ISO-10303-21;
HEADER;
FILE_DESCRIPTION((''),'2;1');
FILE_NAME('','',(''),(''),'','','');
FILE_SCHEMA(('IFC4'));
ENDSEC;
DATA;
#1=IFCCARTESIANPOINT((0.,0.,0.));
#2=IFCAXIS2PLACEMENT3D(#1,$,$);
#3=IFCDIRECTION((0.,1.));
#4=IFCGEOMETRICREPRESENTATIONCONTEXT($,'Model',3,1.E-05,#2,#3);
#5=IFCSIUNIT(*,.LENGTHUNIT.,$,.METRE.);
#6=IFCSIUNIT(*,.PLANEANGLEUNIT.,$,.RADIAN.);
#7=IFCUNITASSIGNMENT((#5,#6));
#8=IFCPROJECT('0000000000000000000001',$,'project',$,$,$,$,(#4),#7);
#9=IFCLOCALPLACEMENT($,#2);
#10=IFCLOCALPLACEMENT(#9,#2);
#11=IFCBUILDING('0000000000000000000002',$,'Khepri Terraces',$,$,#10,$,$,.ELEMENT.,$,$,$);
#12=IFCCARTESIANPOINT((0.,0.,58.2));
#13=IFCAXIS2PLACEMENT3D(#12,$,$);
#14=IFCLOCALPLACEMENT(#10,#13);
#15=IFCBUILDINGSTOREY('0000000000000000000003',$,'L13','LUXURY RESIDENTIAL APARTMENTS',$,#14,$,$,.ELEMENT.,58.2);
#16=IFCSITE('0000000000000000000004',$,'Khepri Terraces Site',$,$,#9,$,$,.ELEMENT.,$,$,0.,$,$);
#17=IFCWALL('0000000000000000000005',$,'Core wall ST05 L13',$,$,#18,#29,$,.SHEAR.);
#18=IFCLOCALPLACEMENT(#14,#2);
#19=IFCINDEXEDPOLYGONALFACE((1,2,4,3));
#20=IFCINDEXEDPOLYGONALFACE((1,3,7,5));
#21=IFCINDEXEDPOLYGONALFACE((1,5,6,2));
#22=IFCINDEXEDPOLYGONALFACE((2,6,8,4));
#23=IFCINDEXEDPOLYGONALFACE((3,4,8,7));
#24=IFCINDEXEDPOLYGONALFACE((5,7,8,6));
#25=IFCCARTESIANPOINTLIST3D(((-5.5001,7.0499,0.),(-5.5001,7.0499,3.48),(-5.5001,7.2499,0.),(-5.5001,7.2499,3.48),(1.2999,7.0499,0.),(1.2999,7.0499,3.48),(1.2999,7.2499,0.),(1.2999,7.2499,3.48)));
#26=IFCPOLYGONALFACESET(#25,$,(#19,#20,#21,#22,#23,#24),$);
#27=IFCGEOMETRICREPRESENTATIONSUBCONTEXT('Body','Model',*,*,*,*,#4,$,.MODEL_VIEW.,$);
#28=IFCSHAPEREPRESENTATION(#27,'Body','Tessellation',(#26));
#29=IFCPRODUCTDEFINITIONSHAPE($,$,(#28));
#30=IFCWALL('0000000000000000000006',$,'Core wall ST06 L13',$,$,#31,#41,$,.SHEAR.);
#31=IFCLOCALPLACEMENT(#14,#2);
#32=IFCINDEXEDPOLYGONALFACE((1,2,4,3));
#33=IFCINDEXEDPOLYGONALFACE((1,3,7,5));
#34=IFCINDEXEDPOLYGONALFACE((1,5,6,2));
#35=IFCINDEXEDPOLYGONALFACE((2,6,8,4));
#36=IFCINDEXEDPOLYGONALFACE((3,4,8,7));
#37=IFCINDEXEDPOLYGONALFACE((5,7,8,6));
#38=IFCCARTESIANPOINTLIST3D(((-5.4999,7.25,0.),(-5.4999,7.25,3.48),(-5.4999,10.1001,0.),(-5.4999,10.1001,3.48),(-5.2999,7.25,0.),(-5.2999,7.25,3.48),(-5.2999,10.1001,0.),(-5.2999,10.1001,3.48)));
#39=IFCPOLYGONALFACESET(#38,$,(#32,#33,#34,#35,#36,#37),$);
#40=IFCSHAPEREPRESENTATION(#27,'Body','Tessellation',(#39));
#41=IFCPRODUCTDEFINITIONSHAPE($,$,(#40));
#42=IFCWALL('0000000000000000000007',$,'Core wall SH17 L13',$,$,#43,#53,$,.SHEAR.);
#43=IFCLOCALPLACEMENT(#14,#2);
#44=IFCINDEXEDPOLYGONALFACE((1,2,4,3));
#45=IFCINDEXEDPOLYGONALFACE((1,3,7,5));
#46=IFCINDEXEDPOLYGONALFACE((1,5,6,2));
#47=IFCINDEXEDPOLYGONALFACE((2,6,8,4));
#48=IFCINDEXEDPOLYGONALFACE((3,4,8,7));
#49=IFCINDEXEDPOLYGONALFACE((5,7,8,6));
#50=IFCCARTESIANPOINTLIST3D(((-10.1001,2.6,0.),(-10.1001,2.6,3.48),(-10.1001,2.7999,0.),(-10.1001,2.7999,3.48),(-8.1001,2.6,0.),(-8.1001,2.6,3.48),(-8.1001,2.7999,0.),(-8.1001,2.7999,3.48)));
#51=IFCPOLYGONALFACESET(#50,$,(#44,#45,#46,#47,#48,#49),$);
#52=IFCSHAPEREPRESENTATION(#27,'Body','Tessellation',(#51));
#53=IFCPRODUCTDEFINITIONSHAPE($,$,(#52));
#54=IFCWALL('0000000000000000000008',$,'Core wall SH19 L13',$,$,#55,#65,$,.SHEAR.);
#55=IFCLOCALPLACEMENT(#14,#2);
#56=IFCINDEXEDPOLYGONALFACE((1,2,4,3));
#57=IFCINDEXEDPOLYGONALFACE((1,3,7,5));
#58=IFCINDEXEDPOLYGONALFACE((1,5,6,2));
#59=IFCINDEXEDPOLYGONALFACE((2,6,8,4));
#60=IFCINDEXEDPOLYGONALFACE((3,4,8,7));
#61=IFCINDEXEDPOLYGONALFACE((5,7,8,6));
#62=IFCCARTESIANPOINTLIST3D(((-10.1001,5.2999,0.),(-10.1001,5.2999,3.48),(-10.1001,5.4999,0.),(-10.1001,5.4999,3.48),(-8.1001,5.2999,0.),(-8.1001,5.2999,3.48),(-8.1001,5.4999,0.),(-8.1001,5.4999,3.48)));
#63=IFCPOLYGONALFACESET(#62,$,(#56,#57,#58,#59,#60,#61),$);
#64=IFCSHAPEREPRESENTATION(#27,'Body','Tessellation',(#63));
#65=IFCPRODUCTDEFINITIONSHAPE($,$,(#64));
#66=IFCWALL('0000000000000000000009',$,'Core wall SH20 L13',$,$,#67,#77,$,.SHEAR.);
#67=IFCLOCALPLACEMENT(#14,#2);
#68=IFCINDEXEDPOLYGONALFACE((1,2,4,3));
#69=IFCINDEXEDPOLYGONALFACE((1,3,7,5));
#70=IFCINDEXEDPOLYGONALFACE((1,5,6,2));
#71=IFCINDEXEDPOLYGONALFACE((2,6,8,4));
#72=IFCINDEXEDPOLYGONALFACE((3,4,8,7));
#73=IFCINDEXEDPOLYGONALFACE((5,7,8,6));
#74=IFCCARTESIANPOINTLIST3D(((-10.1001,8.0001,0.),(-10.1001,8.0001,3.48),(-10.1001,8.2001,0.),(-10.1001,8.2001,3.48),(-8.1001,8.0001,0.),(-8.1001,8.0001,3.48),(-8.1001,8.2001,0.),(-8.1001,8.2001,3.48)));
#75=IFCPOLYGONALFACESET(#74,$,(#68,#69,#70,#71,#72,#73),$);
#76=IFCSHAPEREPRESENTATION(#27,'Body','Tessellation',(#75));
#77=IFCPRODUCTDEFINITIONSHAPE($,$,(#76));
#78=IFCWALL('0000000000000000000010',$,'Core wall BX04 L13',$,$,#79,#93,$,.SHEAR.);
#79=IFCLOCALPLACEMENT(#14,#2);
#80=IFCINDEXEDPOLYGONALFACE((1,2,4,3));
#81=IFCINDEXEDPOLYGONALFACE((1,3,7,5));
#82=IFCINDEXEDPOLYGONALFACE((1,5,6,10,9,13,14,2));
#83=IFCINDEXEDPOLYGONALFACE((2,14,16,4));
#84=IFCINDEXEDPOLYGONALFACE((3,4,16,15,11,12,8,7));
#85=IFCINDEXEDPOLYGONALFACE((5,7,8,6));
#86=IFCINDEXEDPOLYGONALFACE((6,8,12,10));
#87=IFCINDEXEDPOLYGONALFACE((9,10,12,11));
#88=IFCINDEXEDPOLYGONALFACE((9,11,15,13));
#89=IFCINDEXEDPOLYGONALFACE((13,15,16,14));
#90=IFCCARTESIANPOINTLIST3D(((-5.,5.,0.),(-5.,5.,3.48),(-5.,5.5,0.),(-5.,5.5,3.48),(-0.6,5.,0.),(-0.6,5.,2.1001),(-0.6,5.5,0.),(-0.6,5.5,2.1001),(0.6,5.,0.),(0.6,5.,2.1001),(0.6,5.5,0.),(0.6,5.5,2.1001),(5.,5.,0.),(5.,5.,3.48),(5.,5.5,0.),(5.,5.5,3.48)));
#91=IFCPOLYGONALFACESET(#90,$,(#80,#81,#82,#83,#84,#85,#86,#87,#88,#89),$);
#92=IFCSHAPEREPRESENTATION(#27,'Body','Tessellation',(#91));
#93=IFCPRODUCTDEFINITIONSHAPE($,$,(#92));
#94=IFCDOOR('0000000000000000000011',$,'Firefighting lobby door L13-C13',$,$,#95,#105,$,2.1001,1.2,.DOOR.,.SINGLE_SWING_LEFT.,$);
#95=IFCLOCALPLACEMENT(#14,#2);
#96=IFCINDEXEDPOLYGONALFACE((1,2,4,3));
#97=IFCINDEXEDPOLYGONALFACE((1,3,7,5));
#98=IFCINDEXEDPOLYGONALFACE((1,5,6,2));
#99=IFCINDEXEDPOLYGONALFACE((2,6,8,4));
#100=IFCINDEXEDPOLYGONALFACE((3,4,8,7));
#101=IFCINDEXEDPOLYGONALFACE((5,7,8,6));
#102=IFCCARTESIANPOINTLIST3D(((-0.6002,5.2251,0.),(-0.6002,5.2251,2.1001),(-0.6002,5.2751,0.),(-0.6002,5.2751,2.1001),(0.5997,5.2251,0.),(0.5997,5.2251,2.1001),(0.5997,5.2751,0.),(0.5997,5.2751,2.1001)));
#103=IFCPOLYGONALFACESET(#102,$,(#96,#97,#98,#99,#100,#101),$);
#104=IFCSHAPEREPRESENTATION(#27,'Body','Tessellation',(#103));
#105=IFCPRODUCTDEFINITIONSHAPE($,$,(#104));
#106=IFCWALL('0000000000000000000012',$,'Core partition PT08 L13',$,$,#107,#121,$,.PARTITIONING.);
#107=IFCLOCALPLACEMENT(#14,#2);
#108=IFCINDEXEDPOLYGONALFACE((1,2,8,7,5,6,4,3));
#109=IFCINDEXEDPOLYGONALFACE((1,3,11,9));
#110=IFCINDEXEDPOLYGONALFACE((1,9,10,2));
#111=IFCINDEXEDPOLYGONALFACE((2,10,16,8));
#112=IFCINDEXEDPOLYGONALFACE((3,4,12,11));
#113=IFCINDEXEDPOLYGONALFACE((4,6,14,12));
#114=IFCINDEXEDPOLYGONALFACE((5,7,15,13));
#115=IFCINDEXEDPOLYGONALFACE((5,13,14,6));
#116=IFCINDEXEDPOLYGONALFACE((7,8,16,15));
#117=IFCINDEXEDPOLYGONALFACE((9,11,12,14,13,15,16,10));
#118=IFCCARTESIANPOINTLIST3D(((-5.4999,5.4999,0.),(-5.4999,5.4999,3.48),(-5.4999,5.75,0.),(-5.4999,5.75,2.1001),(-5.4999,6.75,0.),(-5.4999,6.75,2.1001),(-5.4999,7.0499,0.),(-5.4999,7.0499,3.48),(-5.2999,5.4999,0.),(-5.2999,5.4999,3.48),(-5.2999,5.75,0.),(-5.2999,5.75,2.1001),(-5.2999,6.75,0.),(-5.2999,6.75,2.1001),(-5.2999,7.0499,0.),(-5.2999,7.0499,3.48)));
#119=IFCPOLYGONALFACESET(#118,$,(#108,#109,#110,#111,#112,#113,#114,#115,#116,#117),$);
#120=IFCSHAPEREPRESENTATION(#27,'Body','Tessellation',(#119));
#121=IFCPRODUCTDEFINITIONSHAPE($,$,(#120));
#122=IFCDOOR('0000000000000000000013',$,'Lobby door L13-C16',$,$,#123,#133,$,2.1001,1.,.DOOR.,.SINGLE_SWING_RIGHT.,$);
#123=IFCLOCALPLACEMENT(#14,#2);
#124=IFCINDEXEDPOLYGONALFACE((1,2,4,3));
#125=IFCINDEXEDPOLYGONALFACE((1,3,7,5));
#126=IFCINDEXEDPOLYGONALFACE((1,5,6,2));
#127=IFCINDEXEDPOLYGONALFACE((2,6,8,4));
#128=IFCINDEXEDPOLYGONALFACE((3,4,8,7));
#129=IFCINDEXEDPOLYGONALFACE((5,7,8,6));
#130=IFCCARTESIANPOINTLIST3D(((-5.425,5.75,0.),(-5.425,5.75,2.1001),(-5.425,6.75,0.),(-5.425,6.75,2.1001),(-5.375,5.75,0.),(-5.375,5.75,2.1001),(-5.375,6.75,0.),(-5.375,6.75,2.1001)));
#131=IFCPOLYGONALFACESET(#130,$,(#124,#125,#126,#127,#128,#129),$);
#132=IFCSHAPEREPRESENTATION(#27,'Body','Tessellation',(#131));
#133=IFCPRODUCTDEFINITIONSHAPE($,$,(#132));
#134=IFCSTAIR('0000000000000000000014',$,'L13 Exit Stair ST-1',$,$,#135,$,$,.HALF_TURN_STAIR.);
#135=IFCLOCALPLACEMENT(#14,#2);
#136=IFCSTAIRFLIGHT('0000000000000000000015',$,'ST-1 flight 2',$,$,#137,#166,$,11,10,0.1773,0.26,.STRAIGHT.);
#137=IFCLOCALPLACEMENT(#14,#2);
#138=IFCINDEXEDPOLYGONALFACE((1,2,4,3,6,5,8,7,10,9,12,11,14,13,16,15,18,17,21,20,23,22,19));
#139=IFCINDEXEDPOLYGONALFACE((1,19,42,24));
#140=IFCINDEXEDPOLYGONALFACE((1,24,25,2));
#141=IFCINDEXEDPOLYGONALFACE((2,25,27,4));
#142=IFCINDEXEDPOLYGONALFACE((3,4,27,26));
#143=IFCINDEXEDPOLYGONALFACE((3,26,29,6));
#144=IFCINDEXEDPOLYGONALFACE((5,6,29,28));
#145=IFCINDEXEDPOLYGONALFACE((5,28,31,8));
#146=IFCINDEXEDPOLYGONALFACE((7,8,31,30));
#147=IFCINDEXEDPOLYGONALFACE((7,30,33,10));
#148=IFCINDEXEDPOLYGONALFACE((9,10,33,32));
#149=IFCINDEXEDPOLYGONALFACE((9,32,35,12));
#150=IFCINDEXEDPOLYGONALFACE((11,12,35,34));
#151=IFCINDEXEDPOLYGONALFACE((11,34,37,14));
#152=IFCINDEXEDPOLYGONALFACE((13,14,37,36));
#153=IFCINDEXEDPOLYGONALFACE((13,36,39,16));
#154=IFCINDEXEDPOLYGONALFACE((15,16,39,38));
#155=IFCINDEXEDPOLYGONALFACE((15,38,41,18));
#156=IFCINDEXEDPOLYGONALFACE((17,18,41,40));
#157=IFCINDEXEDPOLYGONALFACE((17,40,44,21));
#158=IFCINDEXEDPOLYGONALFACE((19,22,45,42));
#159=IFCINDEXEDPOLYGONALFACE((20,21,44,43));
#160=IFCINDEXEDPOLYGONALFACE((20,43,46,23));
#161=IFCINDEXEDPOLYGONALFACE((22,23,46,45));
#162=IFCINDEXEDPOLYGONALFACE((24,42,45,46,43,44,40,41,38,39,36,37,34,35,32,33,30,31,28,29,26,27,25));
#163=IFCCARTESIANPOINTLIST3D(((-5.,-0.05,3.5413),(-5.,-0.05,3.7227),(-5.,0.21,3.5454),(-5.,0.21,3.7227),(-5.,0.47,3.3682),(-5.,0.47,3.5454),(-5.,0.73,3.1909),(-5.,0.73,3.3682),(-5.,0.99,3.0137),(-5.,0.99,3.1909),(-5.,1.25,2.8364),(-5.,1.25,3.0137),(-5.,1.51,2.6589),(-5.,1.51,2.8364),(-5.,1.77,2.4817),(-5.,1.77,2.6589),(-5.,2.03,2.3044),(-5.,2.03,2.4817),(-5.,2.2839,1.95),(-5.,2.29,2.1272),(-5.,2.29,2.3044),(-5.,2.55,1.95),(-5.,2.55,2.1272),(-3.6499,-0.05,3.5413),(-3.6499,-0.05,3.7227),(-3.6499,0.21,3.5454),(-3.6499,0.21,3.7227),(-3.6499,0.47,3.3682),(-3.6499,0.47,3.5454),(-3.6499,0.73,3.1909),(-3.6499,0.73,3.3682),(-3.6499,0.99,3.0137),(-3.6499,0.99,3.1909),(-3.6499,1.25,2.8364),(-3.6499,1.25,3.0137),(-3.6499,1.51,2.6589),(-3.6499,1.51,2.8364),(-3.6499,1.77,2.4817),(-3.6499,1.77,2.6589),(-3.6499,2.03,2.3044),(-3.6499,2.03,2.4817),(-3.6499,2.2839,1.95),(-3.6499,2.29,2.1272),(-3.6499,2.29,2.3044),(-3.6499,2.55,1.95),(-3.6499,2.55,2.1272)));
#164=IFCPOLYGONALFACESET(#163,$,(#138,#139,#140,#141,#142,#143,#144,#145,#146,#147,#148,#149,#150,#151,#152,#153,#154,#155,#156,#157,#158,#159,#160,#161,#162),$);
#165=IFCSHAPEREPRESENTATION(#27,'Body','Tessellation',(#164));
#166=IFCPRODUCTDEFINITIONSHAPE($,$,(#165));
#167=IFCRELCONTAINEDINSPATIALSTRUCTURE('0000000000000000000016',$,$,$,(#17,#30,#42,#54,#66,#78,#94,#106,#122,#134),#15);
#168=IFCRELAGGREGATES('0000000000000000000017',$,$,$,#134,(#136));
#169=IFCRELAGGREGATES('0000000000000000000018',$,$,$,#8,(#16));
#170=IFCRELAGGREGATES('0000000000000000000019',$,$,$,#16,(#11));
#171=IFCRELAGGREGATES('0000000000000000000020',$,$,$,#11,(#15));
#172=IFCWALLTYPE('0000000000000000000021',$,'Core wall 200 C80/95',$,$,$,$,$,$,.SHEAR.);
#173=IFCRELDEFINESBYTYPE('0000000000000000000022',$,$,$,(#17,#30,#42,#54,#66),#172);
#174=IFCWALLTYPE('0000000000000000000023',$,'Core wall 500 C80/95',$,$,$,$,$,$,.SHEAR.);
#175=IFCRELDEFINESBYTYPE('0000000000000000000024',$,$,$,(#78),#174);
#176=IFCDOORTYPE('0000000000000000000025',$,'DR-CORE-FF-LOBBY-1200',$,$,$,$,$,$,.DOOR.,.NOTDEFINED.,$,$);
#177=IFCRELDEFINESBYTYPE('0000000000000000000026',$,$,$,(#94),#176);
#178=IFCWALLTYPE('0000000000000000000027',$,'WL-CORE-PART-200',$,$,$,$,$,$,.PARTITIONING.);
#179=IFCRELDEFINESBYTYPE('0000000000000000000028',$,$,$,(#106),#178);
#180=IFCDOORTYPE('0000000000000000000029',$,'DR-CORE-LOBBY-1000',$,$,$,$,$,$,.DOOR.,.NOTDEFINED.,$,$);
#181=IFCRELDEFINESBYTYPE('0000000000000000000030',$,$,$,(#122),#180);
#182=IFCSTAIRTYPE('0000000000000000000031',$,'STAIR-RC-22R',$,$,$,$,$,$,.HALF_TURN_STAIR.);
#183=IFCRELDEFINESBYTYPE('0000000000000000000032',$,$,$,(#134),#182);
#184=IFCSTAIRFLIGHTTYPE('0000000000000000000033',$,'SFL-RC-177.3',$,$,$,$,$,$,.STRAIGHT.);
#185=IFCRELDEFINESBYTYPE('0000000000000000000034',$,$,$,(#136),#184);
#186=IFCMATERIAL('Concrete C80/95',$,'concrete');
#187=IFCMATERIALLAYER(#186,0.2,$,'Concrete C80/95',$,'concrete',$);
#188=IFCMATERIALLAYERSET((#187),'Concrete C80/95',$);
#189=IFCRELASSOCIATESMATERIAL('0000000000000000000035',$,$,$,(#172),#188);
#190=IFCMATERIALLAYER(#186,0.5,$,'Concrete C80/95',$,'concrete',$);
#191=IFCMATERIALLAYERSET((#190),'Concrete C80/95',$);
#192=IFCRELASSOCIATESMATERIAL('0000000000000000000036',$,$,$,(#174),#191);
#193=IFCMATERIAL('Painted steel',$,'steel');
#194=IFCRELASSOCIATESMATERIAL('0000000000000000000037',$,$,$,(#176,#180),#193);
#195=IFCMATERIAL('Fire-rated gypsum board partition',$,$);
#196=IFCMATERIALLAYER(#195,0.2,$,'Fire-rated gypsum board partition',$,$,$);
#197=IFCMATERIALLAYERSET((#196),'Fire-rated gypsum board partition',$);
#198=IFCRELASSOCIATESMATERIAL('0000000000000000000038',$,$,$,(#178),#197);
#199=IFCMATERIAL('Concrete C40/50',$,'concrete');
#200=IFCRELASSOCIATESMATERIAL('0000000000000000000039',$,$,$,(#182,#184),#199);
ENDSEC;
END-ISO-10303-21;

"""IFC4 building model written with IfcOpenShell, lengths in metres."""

from ifc_helpers import new_model, si_unit, direction, frame, frame_2d, origin, place, context, subcontext, project, spatial, polyline, rectangle, outline, extrude, material, layer, layer_set, type_object, element, fill, aggregate, save


model = new_model("IFC4")

# Units and contexts
model_context = context("Model", 3, precision=1e-05, world=origin(), true_north=direction((0.0, 1.0)))
body_context = subcontext(model_context, "Body", "Model", "MODEL_VIEW")
ifc_project = project(units=[si_unit("LENGTHUNIT", "METRE"), si_unit("PLANEANGLEUNIT", "RADIAN")], contexts=[model_context])

# Site, building, storey
site_placement = place(None, origin())
site = spatial("IfcSite", under=ifc_project, at=site_placement, Name="Khepri Terraces Site", CompositionType="ELEMENT", RefElevation=0.0)
building_placement = place(site_placement, origin())
building = spatial("IfcBuilding", under=site, at=building_placement, Name="Khepri Terraces", CompositionType="ELEMENT")
storey_placement = place(building_placement, frame((0.0, 0.0, 58.2)))
storey = spatial("IfcBuildingStorey", under=building, at=storey_placement, Name="L13", Description="LUXURY RESIDENTIAL APARTMENTS", CompositionType="ELEMENT", Elevation=58.2)

# Walls
ifc_material_1 = material(Name="Concrete C80/95", Category="concrete")
ifc_layer_1 = layer(ifc_material_1, 0.2, Name="Concrete C80/95", Category="concrete")
ifc_layer_set_1 = layer_set([ifc_layer_1], Name="Concrete C80/95")
wall_type_1 = type_object("IfcWallType", Name="Core wall 200 C80/95", PredefinedType="SHEAR", material=ifc_layer_set_1)
wall_1_placement = place(storey_placement, frame((-5.5, 7.1499, 0.0), z_axis=(0.0, 0.0, 1.0), x_axis=(1.0, 0.0, 0.0)))
element("IfcWall", 1, at=wall_1_placement, inside=storey, type_object=wall_type_1, Name="Core wall ST05 L13", PredefinedType="SHEAR", context=body_context, shape_type="SweptSolid", body=[
    extrude(rectangle(XDim=6.8, YDim=0.2, at=frame_2d((3.3999, 0.0))), origin(), (0.0, 0.0, 1.0), 3.48),
])
wall_2_placement = place(storey_placement, frame((-5.3999, 7.25, 0.0), z_axis=(0.0, 0.0, 1.0), x_axis=(0.0, 1.0, 0.0)))
element("IfcWall", 2, at=wall_2_placement, inside=storey, type_object=wall_type_1, Name="Core wall ST06 L13", PredefinedType="SHEAR", context=body_context, shape_type="SweptSolid", body=[
    extrude(rectangle(XDim=2.8501, YDim=0.2, at=frame_2d((1.425, 0.0))), origin(), (0.0, 0.0, 1.0), 3.48),
])
for number, where, z_axis, x_axis, name in (
    (3, (-10.1001, 2.7, 0.0), (0.0, 0.0, 1.0), (1.0, 0.0, 0.0), "Core wall SH17 L13"),
    (4, (-10.1001, 5.3999, 0.0), (0.0, 0.0, 1.0), (1.0, 0.0, 0.0), "Core wall SH19 L13"),
    (5, (-10.1001, 8.1001, 0.0), (0.0, 0.0, 1.0), (1.0, 0.0, 0.0), "Core wall SH20 L13"),
):
    element("IfcWall", number, at=place(storey_placement, frame(where, z_axis=z_axis, x_axis=x_axis)), inside=storey, type_object=wall_type_1, Name=name, PredefinedType="SHEAR", context=body_context, shape_type="SweptSolid", body=[
        extrude(rectangle(XDim=2.0, YDim=0.2, at=frame_2d((1.0, 0.0))), origin(), (0.0, 0.0, 1.0), 3.48),
    ])

# Walls, openings, doors
ifc_layer_2 = layer(ifc_material_1, 0.5, Name="Concrete C80/95", Category="concrete")
ifc_layer_set_2 = layer_set([ifc_layer_2], Name="Concrete C80/95")
wall_type_2 = type_object("IfcWallType", Name="Core wall 500 C80/95", PredefinedType="SHEAR", material=ifc_layer_set_2)
wall_3_placement = place(storey_placement, frame((-5.0, 5.25, 0.0), z_axis=(0.0, 0.0, 1.0), x_axis=(1.0, 0.0, 0.0)))
wall_3 = element("IfcWall", 6, at=wall_3_placement, inside=storey, type_object=wall_type_2, Name="Core wall BX04 L13", PredefinedType="SHEAR", context=body_context, shape_type="SweptSolid", body=[
    extrude(rectangle(XDim=10.0, YDim=0.5, at=frame_2d((5.0, 0.0))), origin(), (0.0, 0.0, 1.0), 3.48),
])
opening_1_placement = place(wall_3_placement, frame((4.3999, 0.0, 0.0)))
opening_1 = element("IfcOpeningElement", 7, at=opening_1_placement, cuts=wall_3, PredefinedType="OPENING", context=body_context, shape_type="SweptSolid", body=[
    extrude(rectangle(XDim=1.2, YDim=2.1001, at=frame_2d((0.6001, 1.05))), frame((0.0, 0.26, 0.0), z_axis=(0.0, -1.0, 0.0), x_axis=(1.0, 0.0, 0.0)), (0.0, 0.0, 1.0), 0.52),
])
ifc_material_2 = material(Name="Painted steel", Category="steel")
door_type_1 = type_object("IfcDoorType", Name="DR-CORE-FF-LOBBY-1200", OperationType="NOTDEFINED", PredefinedType="DOOR", material=ifc_material_2)
door_1_placement = place(opening_1_placement, frame((1.2, 0.0, 0.0), z_axis=(0.0, 0.0, 1.0), x_axis=(-1.0, 0.0, 0.0)))
door_1 = element("IfcDoor", 8, at=door_1_placement, inside=storey, type_object=door_type_1, Name="Firefighting lobby door L13-C13", OperationType="SINGLE_SWING_LEFT", OverallHeight=2.1001, OverallWidth=1.2, PredefinedType="DOOR", context=body_context, shape_type="SweptSolid", body=[
    extrude(rectangle(XDim=1.2, YDim=2.1001, at=frame_2d((0.6001, 1.05))), frame((0.0, 0.0249, 0.0), z_axis=(0.0, -1.0, 0.0), x_axis=(1.0, 0.0, 0.0)), (0.0, 0.0, 1.0), 0.05),
])
fill(opening_1, door_1)
ifc_material_3 = material(Name="Fire-rated gypsum board partition")
ifc_layer_3 = layer(ifc_material_3, 0.2, Name="Fire-rated gypsum board partition")
ifc_layer_set_3 = layer_set([ifc_layer_3], Name="Fire-rated gypsum board partition")
wall_type_3 = type_object("IfcWallType", Name="WL-CORE-PART-200", PredefinedType="PARTITIONING", material=ifc_layer_set_3)
wall_4_placement = place(storey_placement, frame((-5.3999, 5.5, 0.0), z_axis=(0.0, 0.0, 1.0), x_axis=(0.0, 1.0, 0.0)))
wall_4 = element("IfcWall", 9, at=wall_4_placement, inside=storey, type_object=wall_type_3, Name="Core partition PT08 L13", PredefinedType="PARTITIONING", context=body_context, shape_type="SweptSolid", body=[
    extrude(rectangle(XDim=1.55, YDim=0.2, at=frame_2d((0.7749, 0.0))), origin(), (0.0, 0.0, 1.0), 3.48),
])
opening_2_placement = place(wall_4_placement, frame((0.25, 0.0, 0.0)))
opening_2 = element("IfcOpeningElement", 10, at=opening_2_placement, cuts=wall_4, PredefinedType="OPENING", context=body_context, shape_type="SweptSolid", body=[
    extrude(rectangle(XDim=1.0, YDim=2.1001, at=frame_2d((0.5, 1.05))), frame((0.0, 0.1099, 0.0), z_axis=(0.0, -1.0, 0.0), x_axis=(1.0, 0.0, 0.0)), (0.0, 0.0, 1.0), 0.22),
])
door_type_2 = type_object("IfcDoorType", Name="DR-CORE-LOBBY-1000", OperationType="NOTDEFINED", PredefinedType="DOOR", material=ifc_material_2)
door_2_placement = place(opening_2_placement, frame((1.0, 0.0, 0.0), z_axis=(0.0, 0.0, 1.0), x_axis=(-1.0, 0.0, 0.0)))
door_2 = element("IfcDoor", 11, at=door_2_placement, inside=storey, type_object=door_type_2, Name="Lobby door L13-C16", OperationType="SINGLE_SWING_RIGHT", OverallHeight=2.1001, OverallWidth=1.0, PredefinedType="DOOR", context=body_context, shape_type="SweptSolid", body=[
    extrude(rectangle(XDim=1.0, YDim=2.1001, at=frame_2d((0.5, 1.05))), frame((0.0, 0.0249, 0.0), z_axis=(0.0, -1.0, 0.0), x_axis=(1.0, 0.0, 0.0)), (0.0, 0.0, 1.0), 0.05),
])
fill(opening_2, door_2)

# Stair, stair flight
ifc_material_4 = material(Name="Concrete C40/50", Category="concrete")
stair_type = type_object("IfcStairType", Name="STAIR-RC-22R", PredefinedType="HALF_TURN_STAIR", material=ifc_material_4)
stair_1_placement = place(storey_placement, origin())
stair_1 = element("IfcStair", 12, at=stair_1_placement, inside=storey, type_object=stair_type, Name="L13 Exit Stair ST-1", PredefinedType="HALF_TURN_STAIR")
stair_flight_type = type_object("IfcStairFlightType", Name="SFL-RC-177.3", PredefinedType="STRAIGHT", material=ifc_material_4)
stair_flight_1_placement = place(storey_placement, frame((-4.325, 2.55, 1.95), z_axis=(0.0, 0.0, 1.0), x_axis=(0.0, -1.0, 0.0)))
stair_flight_1 = element("IfcStairFlight", 13, at=stair_flight_1_placement, type_object=stair_flight_type, Name="ST-1 flight 2", NumberOfRisers=11, NumberOfTreads=10, PredefinedType="STRAIGHT", RiserHeight=0.1773, TreadLength=0.26, context=body_context, shape_type="SweptSolid", body=[
    extrude(outline(polyline([(0.0, 0.0), (0.0, 0.1772), (0.26, 0.1772), (0.26, 0.3545), (0.52, 0.3545), (0.52, 0.5317), (0.78, 0.5317), (0.78, 0.709), (1.04, 0.709), (1.04, 0.8865), (1.3, 0.8865), (1.3, 1.0637), (1.5601, 1.0637), (1.5601, 1.241), (1.8201, 1.241), (1.8201, 1.4182), (2.0801, 1.4182), (2.0801, 1.5955), (2.3401, 1.5955), (2.3401, 1.7727), (2.6001, 1.7727), (2.6001, 1.95), (2.6001, 1.5913), (0.2661, 0.0), (0.0, 0.0)])), frame((0.0, 0.675, 0.0), z_axis=(0.0, -1.0, 0.0), x_axis=(1.0, 0.0, 0.0)), (0.0, 0.0, 1.0), 1.3501),
])
aggregate(stair_1, [stair_flight_1])

save(model, "model.ifc")
